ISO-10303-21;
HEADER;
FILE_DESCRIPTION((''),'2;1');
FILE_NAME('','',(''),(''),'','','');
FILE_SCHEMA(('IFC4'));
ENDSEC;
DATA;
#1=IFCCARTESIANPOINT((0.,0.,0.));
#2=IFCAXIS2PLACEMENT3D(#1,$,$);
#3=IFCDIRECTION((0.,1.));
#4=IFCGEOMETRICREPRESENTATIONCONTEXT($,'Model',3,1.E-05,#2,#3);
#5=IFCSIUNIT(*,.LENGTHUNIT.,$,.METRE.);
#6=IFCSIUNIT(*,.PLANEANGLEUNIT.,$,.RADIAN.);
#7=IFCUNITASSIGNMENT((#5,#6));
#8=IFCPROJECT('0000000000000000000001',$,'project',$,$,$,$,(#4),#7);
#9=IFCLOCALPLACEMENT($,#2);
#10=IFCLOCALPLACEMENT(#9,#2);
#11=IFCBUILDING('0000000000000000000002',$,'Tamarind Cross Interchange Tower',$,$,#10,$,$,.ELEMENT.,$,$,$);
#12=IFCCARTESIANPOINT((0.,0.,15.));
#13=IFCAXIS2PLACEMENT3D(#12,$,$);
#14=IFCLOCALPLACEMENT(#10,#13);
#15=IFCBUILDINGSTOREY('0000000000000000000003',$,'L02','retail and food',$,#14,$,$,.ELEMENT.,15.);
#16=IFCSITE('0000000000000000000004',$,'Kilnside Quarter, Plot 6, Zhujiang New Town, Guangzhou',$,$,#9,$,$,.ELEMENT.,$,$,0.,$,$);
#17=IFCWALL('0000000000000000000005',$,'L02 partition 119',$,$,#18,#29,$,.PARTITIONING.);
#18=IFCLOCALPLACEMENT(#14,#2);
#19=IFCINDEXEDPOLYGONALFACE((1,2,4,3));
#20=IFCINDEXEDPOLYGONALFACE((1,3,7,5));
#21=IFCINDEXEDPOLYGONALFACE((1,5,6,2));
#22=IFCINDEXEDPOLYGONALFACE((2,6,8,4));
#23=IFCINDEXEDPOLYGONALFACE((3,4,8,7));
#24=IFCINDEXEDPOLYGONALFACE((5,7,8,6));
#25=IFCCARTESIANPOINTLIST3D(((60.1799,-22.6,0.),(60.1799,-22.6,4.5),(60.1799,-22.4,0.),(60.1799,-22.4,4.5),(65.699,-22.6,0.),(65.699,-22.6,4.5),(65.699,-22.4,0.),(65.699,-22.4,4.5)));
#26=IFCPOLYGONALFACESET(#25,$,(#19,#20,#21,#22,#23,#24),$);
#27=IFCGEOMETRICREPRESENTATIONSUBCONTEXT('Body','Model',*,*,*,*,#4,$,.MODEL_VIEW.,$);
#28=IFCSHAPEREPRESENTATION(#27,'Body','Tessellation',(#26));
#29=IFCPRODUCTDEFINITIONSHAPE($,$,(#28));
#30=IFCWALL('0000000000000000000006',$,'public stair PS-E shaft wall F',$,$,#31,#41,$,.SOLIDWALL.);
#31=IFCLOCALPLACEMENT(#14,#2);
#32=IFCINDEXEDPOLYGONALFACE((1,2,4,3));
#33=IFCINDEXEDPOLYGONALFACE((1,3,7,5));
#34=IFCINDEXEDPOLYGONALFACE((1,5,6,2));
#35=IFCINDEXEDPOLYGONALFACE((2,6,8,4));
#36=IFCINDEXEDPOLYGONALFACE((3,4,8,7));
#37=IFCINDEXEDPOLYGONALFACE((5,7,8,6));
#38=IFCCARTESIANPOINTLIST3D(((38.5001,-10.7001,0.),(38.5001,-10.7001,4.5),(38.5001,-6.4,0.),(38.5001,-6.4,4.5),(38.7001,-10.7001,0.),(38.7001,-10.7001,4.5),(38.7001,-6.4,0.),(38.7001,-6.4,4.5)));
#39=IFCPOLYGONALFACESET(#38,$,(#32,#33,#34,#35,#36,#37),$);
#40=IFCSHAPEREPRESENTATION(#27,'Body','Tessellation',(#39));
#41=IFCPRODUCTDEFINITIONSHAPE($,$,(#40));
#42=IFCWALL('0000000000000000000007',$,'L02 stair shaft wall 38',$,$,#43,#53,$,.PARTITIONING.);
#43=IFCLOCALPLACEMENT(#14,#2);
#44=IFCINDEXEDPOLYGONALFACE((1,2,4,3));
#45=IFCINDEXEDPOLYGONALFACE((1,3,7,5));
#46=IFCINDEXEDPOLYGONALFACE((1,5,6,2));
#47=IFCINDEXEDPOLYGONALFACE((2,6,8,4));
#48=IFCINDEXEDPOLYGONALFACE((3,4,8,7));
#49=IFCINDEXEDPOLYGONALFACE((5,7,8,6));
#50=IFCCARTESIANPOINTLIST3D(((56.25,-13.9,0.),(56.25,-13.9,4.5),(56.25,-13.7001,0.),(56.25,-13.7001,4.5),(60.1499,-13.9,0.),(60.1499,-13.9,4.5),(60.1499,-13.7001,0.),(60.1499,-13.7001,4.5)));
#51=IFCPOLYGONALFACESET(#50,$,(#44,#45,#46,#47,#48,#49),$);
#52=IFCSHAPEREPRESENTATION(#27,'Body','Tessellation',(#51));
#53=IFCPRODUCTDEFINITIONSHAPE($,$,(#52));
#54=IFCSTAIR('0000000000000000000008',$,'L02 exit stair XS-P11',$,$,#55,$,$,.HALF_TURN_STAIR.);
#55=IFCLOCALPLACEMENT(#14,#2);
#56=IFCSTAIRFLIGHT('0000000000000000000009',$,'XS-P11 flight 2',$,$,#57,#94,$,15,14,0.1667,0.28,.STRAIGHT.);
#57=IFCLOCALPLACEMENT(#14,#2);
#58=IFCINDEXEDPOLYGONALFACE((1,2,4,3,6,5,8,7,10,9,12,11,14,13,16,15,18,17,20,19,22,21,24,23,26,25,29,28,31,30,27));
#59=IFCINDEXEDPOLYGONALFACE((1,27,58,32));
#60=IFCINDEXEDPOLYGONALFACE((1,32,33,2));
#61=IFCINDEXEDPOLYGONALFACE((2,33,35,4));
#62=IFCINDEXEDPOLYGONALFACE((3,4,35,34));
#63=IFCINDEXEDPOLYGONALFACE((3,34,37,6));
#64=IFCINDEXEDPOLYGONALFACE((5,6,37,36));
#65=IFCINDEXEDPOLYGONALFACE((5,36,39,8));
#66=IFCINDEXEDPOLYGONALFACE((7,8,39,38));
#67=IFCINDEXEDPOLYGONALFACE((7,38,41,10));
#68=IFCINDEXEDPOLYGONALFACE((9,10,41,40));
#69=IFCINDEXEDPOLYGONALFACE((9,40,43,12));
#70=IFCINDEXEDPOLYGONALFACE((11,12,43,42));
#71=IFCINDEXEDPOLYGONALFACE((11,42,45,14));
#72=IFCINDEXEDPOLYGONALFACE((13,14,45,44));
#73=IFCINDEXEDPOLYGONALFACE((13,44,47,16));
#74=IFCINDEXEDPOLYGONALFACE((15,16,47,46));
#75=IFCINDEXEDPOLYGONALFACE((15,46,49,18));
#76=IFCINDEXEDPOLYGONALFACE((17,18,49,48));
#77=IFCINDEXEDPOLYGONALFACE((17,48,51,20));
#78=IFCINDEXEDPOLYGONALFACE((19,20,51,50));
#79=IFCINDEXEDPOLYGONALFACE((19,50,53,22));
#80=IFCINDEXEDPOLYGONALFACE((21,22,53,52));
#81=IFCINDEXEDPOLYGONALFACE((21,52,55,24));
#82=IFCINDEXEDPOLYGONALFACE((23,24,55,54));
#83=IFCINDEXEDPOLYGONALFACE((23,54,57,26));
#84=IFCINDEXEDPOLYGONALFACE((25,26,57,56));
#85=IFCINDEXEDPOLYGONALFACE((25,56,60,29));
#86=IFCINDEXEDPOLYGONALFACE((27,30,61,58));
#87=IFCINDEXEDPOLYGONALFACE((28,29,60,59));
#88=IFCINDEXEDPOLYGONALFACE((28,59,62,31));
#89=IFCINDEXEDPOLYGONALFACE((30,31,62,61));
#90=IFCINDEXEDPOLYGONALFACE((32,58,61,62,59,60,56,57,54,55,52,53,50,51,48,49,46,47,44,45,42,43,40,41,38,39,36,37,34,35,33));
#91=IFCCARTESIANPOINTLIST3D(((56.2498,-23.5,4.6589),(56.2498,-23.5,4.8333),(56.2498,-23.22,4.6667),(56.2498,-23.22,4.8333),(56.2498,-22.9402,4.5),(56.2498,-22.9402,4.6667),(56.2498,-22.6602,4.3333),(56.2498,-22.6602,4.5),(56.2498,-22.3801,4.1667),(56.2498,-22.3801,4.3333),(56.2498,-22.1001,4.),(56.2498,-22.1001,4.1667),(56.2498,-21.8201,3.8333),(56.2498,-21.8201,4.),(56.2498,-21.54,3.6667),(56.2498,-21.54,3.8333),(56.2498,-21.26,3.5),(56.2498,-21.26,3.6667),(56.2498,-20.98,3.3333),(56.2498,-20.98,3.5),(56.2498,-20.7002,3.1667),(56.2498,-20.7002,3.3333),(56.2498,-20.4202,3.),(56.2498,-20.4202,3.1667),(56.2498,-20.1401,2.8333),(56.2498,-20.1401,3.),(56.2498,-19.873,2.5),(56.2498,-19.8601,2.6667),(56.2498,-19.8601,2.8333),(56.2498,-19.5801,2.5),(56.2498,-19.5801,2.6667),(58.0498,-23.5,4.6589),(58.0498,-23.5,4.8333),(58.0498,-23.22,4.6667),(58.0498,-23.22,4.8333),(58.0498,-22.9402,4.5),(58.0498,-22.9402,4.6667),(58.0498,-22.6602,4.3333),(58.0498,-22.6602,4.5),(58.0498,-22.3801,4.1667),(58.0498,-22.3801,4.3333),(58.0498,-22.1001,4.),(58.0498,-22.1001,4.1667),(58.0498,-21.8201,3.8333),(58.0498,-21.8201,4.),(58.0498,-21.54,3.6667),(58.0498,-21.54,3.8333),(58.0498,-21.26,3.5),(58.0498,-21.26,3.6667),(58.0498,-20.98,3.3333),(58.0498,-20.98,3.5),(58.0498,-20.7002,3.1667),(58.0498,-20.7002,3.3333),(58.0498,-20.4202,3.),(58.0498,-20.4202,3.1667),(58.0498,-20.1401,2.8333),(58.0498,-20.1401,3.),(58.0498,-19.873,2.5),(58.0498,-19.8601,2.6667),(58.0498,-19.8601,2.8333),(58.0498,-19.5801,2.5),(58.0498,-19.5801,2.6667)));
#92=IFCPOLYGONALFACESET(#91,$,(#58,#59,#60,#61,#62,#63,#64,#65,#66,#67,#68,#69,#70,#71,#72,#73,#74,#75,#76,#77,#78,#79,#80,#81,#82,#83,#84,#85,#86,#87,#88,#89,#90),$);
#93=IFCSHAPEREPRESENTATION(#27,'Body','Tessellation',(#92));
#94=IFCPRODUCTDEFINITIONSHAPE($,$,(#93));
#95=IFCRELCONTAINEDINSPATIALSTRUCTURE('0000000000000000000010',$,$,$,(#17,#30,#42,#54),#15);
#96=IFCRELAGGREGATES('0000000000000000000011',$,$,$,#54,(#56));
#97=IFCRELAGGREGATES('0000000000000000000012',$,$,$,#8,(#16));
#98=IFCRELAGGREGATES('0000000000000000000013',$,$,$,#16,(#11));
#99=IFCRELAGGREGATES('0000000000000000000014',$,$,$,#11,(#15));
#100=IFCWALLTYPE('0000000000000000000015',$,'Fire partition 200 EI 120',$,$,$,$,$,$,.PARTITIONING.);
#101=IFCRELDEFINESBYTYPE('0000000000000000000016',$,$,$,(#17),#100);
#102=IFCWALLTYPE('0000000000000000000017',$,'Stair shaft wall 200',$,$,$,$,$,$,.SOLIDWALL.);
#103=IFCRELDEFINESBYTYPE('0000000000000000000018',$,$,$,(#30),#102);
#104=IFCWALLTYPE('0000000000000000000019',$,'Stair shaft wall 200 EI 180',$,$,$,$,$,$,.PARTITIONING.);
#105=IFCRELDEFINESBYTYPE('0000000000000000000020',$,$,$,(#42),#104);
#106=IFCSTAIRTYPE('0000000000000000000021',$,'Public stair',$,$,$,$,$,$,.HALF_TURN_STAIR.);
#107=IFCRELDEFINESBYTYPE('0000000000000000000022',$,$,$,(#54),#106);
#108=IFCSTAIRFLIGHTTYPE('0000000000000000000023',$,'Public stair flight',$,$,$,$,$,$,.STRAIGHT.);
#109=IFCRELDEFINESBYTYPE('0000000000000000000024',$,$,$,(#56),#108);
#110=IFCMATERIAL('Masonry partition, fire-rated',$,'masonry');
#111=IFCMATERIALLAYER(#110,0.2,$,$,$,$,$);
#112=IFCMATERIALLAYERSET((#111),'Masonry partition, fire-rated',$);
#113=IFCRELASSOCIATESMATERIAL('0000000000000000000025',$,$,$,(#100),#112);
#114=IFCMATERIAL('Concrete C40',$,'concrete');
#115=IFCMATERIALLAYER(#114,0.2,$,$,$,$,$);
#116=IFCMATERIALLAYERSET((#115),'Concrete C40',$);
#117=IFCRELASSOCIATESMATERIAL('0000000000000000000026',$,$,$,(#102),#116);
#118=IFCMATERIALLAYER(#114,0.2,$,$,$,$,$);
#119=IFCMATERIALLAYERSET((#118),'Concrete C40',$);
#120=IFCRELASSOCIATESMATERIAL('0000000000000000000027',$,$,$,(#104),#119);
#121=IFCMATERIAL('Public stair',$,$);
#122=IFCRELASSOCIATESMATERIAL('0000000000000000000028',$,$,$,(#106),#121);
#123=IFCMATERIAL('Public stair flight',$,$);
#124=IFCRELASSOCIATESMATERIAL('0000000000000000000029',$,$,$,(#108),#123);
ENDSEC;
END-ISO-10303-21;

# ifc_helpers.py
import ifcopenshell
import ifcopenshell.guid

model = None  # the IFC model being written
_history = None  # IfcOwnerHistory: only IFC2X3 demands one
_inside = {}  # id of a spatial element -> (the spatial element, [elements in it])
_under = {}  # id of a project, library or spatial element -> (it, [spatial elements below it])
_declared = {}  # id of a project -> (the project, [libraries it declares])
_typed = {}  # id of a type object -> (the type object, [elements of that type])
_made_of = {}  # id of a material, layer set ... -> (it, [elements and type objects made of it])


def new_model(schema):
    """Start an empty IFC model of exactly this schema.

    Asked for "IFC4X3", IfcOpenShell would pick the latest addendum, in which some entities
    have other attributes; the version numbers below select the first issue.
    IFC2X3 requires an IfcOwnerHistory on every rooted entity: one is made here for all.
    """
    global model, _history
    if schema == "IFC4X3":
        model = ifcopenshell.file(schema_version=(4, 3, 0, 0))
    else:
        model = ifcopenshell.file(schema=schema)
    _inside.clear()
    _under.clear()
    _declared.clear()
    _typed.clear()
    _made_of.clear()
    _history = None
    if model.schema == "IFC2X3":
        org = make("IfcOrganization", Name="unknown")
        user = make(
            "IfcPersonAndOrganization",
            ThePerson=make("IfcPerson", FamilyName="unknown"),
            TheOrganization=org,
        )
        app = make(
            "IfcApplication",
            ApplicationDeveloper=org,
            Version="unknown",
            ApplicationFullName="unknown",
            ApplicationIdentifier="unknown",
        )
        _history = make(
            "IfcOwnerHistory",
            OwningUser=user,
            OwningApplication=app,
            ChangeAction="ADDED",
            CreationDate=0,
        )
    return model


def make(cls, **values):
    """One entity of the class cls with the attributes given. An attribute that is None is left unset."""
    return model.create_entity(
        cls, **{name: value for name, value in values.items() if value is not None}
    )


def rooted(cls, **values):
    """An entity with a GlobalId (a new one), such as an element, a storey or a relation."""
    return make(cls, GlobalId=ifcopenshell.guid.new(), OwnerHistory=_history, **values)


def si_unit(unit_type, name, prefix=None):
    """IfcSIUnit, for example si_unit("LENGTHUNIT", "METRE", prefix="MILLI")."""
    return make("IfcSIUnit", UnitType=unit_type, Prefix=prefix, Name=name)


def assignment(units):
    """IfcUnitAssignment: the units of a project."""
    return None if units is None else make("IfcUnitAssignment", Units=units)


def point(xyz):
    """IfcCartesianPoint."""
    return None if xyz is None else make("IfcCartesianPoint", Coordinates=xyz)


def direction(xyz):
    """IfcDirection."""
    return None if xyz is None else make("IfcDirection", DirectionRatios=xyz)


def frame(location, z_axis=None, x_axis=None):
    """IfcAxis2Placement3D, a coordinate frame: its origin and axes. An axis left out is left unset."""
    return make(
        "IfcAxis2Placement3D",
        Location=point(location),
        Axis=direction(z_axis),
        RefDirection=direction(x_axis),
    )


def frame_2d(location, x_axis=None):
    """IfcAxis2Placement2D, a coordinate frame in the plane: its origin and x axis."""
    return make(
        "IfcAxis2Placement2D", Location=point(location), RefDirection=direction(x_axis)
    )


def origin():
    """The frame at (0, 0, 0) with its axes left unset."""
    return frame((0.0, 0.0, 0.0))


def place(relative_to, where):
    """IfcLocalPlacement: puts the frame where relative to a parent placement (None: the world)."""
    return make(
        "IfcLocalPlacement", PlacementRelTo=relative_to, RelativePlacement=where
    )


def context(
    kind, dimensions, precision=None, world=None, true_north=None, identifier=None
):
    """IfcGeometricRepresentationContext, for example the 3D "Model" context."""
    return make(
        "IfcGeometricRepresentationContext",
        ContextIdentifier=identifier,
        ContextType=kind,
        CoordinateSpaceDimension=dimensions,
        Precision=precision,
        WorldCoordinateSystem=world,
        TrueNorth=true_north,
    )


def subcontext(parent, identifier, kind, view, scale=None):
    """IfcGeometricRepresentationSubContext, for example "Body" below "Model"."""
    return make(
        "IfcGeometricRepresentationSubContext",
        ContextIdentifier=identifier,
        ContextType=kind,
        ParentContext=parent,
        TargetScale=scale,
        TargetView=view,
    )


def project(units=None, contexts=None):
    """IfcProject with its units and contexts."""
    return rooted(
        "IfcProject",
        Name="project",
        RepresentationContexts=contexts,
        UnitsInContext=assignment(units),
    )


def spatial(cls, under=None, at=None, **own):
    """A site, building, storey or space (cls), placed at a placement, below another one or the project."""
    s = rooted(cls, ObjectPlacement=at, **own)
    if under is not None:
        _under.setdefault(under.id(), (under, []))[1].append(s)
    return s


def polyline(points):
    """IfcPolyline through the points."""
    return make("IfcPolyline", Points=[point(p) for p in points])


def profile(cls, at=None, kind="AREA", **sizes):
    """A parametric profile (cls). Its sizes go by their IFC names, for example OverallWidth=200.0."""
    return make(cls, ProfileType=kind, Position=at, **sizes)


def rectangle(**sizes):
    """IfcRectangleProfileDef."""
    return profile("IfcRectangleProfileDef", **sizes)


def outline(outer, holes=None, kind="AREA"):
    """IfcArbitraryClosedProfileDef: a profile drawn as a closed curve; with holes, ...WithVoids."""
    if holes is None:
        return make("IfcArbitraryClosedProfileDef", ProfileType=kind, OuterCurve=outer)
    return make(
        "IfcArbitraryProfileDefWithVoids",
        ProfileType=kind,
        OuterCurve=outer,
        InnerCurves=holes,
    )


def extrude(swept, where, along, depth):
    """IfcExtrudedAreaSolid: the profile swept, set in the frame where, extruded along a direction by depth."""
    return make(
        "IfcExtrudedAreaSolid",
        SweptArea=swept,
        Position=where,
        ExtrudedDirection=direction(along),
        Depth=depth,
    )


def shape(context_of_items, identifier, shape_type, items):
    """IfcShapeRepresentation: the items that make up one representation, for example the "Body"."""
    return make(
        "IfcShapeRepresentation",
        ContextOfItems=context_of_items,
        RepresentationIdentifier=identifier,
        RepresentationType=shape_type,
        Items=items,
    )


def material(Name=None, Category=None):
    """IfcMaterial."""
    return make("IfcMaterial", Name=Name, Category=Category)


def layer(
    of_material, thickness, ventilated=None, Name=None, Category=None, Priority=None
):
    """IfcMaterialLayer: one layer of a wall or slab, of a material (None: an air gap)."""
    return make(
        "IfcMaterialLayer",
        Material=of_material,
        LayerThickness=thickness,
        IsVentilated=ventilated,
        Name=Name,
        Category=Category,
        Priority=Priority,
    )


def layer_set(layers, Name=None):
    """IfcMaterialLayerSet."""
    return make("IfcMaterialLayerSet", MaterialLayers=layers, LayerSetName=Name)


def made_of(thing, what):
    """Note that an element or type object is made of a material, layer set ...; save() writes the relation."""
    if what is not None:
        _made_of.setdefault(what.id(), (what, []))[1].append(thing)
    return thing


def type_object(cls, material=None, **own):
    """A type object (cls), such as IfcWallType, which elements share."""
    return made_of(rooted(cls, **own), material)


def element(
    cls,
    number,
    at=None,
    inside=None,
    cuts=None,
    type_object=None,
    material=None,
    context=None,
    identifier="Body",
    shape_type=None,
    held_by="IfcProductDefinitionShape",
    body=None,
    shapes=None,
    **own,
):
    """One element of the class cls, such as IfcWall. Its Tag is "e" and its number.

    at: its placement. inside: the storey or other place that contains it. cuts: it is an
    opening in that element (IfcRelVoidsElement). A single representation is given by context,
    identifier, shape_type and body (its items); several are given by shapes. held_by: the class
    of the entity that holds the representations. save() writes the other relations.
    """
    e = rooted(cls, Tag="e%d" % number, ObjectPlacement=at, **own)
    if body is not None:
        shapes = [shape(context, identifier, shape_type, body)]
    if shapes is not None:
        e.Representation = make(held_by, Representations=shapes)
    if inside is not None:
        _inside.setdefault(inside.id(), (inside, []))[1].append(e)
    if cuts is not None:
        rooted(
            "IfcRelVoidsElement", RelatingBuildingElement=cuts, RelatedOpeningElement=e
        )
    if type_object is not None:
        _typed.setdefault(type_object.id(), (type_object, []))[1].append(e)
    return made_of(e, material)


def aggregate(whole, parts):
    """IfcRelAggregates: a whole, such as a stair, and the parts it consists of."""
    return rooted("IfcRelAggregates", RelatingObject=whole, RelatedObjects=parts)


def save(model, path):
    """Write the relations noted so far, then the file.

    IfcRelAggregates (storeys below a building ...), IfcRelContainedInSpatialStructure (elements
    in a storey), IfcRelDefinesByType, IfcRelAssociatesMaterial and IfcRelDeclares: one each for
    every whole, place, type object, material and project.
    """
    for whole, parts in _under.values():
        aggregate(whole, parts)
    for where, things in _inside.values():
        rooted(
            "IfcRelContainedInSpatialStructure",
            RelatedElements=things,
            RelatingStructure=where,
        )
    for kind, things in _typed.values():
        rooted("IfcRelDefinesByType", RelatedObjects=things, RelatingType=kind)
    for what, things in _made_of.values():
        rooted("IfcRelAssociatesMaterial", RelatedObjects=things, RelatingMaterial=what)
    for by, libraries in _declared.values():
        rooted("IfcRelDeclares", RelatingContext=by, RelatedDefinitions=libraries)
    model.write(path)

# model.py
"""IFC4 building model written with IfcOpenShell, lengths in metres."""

from ifc_helpers import new_model, si_unit, direction, frame, frame_2d, origin, place, context, subcontext, project, spatial, polyline, rectangle, outline, extrude, material, layer, layer_set, type_object, element, aggregate, save


model = new_model("IFC4")

# Units and contexts
model_context = context("Model", 3, precision=1e-05, world=origin(), true_north=direction((0.0, 1.0)))
body_context = subcontext(model_context, "Body", "Model", "MODEL_VIEW")
ifc_project = project(units=[si_unit("LENGTHUNIT", "METRE"), si_unit("PLANEANGLEUNIT", "RADIAN")], contexts=[model_context])

# Site, building, storey
site_placement = place(None, origin())
site = spatial("IfcSite", under=ifc_project, at=site_placement, Name="Kilnside Quarter, Plot 6, Zhujiang New Town, Guangzhou", CompositionType="ELEMENT", RefElevation=0.0)
building_placement = place(site_placement, origin())
building = spatial("IfcBuilding", under=site, at=building_placement, Name="Tamarind Cross Interchange Tower", CompositionType="ELEMENT")
storey_placement = place(building_placement, frame((0.0, 0.0, 15.0)))
storey = spatial("IfcBuildingStorey", under=building, at=storey_placement, Name="L02", Description="retail and food", CompositionType="ELEMENT", Elevation=15.0)

# Shared definitions
ifc_material_1 = material(Name="Masonry partition, fire-rated", Category="masonry")
ifc_layer_1 = layer(ifc_material_1, 0.2)
ifc_layer_set_1 = layer_set([ifc_layer_1], Name="Masonry partition, fire-rated")
wall_type_1 = type_object("IfcWallType", Name="Fire partition 200 EI 120", PredefinedType="PARTITIONING", material=ifc_layer_set_1)

# Walls
wall_1_placement = place(storey_placement, frame((60.1799, -22.5, 0.0), z_axis=(0.0, 0.0, 1.0), x_axis=(1.0, 0.0, 0.0)))
element("IfcWall", 1, at=wall_1_placement, inside=storey, type_object=wall_type_1, Name="L02 partition 119", PredefinedType="PARTITIONING", context=body_context, shape_type="SweptSolid", body=[
    extrude(rectangle(XDim=5.519, YDim=0.2, at=frame_2d((2.7595, 0.0))), origin(), (0.0, 0.0, 1.0), 4.5),
])
ifc_material_2 = material(Name="Concrete C40", Category="concrete")
ifc_layer_2 = layer(ifc_material_2, 0.2)
ifc_layer_set_2 = layer_set([ifc_layer_2], Name="Concrete C40")
wall_type_2 = type_object("IfcWallType", Name="Stair shaft wall 200", PredefinedType="SOLIDWALL", material=ifc_layer_set_2)
wall_2_placement = place(storey_placement, frame((38.6001, -10.7, 0.0), z_axis=(0.0, 0.0, 1.0), x_axis=(0.0, 1.0, 0.0)))
element("IfcWall", 2, at=wall_2_placement, inside=storey, type_object=wall_type_2, Name="public stair PS-E shaft wall F", PredefinedType="SOLIDWALL", context=body_context, shape_type="SweptSolid", body=[
    extrude(rectangle(XDim=4.3, YDim=0.2, at=frame_2d((2.1499, 0.0))), origin(), (0.0, 0.0, 1.0), 4.5),
])
ifc_layer_3 = layer(ifc_material_2, 0.2)
ifc_layer_set_3 = layer_set([ifc_layer_3], Name="Concrete C40")
wall_type_3 = type_object("IfcWallType", Name="Stair shaft wall 200 EI 180", PredefinedType="PARTITIONING", material=ifc_layer_set_3)
wall_3_placement = place(storey_placement, frame((56.25, -13.8, 0.0), z_axis=(0.0, 0.0, 1.0), x_axis=(1.0, 0.0, 0.0)))
element("IfcWall", 3, at=wall_3_placement, inside=storey, type_object=wall_type_3, Name="L02 stair shaft wall 38", PredefinedType="PARTITIONING", context=body_context, shape_type="SweptSolid", body=[
    extrude(rectangle(XDim=3.8999, YDim=0.2, at=frame_2d((1.95, 0.0))), origin(), (0.0, 0.0, 1.0), 4.5),
])

# Stair, stair flight
ifc_material_3 = material(Name="Public stair")
stair_type = type_object("IfcStairType", Name="Public stair", PredefinedType="HALF_TURN_STAIR", material=ifc_material_3)
stair_placement = place(storey_placement, origin())
stair = element("IfcStair", 4, at=stair_placement, inside=storey, type_object=stair_type, Name="L02 exit stair XS-P11", PredefinedType="HALF_TURN_STAIR")
ifc_material_4 = material(Name="Public stair flight")
stair_flight_type = type_object("IfcStairFlightType", Name="Public stair flight", PredefinedType="STRAIGHT", material=ifc_material_4)
stair_flight_placement = place(storey_placement, frame((57.1499, -19.5801, 2.5), z_axis=(0.0, 0.0, 1.0), x_axis=(0.0, -1.0, 0.0)))
stair_flight = element("IfcStairFlight", 5, at=stair_flight_placement, type_object=stair_flight_type, Name="XS-P11 flight 2", NumberOfRisers=15, NumberOfTreads=14, PredefinedType="STRAIGHT", RiserHeight=0.1667, TreadLength=0.28, context=body_context, shape_type="SweptSolid", body=[
    extrude(outline(polyline([(0.0, 0.0), (0.0, 0.1667), (0.28, 0.1667), (0.28, 0.3333), (0.5601, 0.3333), (0.5601, 0.5), (0.8401, 0.5), (0.8401, 0.6667), (1.1201, 0.6667), (1.1201, 0.8333), (1.3999, 0.8333), (1.3999, 1.0), (1.6799, 1.0), (1.6799, 1.1667), (1.96, 1.1667), (1.96, 1.3333), (2.24, 1.3333), (2.24, 1.5), (2.52, 1.5), (2.52, 1.6667), (2.8, 1.6667), (2.8, 1.8333), (3.0801, 1.8333), (3.0801, 2.0), (3.3601, 2.0), (3.3601, 2.1667), (3.6399, 2.1667), (3.6399, 2.3333), (3.9199, 2.3333), (3.9199, 2.5), (3.9199, 2.1589), (0.293, 0.0), (0.0, 0.0)])), frame((0.0, 0.8999, 0.0), z_axis=(0.0, -1.0, 0.0), x_axis=(1.0, 0.0, 0.0)), (0.0, 0.0, 1.0), 1.8),
])
aggregate(stair, [stair_flight])

save(model, "model.ifc")
